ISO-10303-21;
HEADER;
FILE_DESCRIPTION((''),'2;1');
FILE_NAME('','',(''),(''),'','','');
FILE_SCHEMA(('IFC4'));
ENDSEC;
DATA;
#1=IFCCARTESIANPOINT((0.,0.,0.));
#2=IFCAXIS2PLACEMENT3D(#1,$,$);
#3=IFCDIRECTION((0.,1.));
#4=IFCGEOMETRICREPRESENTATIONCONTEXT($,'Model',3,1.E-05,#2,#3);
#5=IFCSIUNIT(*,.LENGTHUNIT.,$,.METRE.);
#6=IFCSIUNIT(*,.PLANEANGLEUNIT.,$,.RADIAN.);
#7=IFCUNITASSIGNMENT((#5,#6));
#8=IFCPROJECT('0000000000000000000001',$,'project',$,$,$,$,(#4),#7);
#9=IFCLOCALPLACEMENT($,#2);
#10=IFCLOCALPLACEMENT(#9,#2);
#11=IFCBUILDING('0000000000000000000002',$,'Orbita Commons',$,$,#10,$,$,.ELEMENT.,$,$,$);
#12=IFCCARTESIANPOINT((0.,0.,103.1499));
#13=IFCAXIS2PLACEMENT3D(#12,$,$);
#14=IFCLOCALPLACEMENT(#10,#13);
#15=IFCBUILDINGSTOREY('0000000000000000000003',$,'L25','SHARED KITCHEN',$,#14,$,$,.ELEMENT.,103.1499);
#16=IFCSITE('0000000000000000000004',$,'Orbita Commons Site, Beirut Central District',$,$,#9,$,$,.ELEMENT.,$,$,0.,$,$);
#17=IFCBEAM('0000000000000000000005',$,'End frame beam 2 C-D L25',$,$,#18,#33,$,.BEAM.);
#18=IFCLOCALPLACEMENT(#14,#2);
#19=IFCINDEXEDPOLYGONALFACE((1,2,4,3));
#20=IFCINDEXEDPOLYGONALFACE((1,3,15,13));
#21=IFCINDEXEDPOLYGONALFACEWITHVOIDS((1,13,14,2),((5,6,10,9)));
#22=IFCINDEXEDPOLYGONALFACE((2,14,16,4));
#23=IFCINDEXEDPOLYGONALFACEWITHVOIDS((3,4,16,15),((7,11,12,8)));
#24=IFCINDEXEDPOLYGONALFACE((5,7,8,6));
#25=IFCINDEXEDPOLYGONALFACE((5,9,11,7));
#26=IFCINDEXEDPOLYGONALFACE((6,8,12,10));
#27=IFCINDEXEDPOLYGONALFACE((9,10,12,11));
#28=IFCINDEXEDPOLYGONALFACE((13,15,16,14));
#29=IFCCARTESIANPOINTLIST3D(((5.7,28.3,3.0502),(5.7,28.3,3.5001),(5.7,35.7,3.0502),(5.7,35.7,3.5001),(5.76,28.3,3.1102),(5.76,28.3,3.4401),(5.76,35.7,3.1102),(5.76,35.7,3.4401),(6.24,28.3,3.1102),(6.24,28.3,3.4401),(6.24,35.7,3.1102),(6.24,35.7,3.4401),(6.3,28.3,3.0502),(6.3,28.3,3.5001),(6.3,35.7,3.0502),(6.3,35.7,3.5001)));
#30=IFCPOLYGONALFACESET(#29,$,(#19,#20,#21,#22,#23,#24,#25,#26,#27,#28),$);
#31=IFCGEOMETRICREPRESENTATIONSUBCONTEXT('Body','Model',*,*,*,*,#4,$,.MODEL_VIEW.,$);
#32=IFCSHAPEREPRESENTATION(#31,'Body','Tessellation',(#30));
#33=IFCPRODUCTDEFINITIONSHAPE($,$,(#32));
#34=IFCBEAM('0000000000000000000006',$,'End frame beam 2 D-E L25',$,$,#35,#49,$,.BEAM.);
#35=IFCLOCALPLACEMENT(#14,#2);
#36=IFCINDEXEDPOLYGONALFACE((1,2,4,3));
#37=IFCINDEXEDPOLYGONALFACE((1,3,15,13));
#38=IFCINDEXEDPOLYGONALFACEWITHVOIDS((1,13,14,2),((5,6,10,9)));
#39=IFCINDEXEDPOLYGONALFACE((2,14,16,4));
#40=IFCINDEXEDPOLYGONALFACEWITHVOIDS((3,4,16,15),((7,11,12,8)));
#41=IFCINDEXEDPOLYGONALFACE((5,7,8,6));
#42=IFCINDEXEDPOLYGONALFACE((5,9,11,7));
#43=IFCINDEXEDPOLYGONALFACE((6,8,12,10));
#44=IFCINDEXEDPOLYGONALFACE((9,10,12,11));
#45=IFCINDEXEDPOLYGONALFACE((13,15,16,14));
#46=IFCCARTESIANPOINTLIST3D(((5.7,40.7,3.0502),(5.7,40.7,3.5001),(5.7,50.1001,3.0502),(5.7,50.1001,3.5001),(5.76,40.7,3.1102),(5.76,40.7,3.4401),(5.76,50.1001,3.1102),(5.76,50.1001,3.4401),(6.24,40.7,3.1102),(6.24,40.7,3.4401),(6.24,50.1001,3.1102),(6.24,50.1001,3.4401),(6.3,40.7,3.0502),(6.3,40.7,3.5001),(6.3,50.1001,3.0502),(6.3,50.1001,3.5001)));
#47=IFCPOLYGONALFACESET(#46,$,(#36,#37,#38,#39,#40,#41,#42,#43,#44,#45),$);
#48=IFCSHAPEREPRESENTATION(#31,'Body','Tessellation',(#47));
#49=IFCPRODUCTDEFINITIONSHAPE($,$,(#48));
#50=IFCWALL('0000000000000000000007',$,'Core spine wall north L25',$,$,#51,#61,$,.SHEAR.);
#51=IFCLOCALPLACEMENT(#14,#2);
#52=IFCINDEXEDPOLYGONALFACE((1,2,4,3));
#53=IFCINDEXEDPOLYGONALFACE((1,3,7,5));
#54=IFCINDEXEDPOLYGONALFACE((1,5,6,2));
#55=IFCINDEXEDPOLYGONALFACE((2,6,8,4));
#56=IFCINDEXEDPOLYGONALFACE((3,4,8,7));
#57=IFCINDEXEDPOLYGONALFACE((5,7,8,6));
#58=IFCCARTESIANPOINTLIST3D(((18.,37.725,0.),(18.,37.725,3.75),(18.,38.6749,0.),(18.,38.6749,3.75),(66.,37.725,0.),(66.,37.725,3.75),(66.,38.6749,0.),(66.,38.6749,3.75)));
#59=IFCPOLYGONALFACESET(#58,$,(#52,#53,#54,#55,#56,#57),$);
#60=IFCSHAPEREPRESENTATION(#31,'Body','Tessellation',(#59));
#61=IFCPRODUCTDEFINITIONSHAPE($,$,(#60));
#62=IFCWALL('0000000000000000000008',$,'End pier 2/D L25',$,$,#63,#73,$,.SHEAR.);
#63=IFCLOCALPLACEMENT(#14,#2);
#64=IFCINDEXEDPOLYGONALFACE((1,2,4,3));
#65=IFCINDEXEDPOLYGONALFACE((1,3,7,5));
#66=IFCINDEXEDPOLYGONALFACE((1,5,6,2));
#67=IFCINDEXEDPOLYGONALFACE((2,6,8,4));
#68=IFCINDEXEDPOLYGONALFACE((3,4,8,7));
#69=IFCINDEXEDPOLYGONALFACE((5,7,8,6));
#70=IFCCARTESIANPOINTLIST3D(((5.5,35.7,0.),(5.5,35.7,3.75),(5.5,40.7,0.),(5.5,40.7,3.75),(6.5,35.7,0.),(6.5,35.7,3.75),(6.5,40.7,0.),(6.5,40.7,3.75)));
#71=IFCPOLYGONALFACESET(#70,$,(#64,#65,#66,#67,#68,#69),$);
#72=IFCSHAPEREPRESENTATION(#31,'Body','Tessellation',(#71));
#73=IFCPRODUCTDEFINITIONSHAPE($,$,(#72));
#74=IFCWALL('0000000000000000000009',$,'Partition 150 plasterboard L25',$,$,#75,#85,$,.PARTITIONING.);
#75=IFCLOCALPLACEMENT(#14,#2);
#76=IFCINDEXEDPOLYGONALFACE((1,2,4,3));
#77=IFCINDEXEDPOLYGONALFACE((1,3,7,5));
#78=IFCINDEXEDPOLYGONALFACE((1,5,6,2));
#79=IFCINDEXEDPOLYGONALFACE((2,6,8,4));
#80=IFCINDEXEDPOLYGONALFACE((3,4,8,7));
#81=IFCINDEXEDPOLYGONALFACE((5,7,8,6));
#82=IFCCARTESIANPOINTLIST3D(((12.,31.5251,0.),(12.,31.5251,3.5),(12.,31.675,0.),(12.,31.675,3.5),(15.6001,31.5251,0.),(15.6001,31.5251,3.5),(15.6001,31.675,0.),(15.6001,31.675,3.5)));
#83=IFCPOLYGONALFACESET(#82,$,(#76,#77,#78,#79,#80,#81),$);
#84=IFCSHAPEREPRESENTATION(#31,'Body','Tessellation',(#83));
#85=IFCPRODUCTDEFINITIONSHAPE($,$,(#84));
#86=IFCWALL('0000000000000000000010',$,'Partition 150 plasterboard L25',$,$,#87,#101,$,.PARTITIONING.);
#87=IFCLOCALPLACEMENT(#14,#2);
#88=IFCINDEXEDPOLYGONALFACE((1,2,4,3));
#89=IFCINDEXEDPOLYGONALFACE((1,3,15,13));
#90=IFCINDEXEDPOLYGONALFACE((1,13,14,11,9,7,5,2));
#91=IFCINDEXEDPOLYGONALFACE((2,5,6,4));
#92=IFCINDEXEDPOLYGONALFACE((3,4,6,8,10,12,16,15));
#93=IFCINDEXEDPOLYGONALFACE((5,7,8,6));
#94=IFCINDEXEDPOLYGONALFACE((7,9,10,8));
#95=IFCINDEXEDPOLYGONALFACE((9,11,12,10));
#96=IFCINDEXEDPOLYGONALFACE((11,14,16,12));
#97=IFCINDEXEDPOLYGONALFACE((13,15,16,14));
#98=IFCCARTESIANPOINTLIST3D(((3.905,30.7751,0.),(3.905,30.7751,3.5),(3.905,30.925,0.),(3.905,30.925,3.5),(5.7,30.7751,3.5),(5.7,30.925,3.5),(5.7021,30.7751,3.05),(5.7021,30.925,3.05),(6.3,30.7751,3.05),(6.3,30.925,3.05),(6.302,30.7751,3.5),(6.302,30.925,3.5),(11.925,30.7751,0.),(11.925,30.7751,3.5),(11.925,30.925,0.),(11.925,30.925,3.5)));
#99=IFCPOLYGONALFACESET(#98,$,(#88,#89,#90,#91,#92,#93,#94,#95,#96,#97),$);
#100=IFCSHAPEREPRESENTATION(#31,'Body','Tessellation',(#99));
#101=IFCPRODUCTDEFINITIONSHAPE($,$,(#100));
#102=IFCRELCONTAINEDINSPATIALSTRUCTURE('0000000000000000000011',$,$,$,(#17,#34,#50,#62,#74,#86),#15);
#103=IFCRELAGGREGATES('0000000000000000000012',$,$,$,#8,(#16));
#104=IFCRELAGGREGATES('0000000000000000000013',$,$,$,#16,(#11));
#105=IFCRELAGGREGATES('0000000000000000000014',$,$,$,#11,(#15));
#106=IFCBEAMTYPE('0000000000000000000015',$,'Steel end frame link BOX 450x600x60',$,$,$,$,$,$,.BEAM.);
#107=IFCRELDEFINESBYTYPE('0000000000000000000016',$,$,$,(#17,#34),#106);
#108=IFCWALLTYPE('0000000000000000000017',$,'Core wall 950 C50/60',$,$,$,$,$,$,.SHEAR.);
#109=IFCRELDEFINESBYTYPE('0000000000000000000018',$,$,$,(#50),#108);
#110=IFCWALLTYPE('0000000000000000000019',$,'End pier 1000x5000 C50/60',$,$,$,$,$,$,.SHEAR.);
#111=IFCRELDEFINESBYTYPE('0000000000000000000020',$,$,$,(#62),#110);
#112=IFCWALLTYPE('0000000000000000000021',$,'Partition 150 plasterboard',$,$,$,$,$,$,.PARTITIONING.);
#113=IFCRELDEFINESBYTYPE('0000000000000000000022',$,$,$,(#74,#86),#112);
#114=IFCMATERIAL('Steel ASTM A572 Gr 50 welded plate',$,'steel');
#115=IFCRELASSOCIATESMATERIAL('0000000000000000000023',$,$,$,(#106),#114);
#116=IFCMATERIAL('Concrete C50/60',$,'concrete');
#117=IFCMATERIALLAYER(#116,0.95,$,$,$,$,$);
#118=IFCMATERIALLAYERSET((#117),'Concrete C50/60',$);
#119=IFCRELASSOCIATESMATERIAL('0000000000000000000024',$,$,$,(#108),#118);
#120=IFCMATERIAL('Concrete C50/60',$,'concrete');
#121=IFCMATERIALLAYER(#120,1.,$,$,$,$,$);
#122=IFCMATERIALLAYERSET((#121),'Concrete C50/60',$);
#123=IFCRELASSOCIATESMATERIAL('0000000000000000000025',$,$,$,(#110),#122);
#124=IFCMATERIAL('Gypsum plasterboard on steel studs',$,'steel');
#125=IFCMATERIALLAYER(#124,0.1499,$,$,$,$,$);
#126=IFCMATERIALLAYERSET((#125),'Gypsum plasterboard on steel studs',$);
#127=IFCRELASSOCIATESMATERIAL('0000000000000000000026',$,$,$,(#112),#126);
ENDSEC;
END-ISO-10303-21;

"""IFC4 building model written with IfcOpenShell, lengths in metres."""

from ifc_helpers import new_model, si_unit, direction, frame, frame_2d, origin, origin_2d, place, context, subcontext, project, spatial, polyline, rectangle, hollow_rectangle, outline, extrude, material, layer, layer_set, material_profile, profile_set, type_object, element, save


model = new_model("IFC4")

# Units and contexts
model_context = context("Model", 3, precision=1e-05, world=origin(), true_north=direction((0.0, 1.0)))
body_context = subcontext(model_context, "Body", "Model", "MODEL_VIEW")
ifc_project = project(units=[si_unit("LENGTHUNIT", "METRE"), si_unit("PLANEANGLEUNIT", "RADIAN")], contexts=[model_context])

# Site, building, storey
site_placement = place(None, origin())
site = spatial("IfcSite", under=ifc_project, at=site_placement, Name="Orbita Commons Site, Beirut Central District", CompositionType="ELEMENT", RefElevation=0.0)
building_placement = place(site_placement, origin())
building = spatial("IfcBuilding", under=site, at=building_placement, Name="Orbita Commons", CompositionType="ELEMENT")
storey_placement = place(building_placement, frame((0.0, 0.0, 103.1499)))
storey = spatial("IfcBuildingStorey", under=building, at=storey_placement, Name="L25", Description="SHARED KITCHEN", CompositionType="ELEMENT", Elevation=103.1499)

# Beams
ifc_material_1 = material(Name="Steel ASTM A572 Gr 50 welded plate", Category="steel")
ifc_material_profile = material_profile(ifc_material_1, hollow_rectangle(XDim=0.6001, YDim=0.45, WallThickness=0.0601, at=origin_2d()), Name="BOX 450x600x60")
ifc_profile_set = profile_set([ifc_material_profile], Name="Steel ASTM A572 Gr 50 welded plate")
beam_type = type_object("IfcBeamType", Name="Steel end frame link BOX 450x600x60", PredefinedType="BEAM", material=ifc_profile_set)
beam_1_placement = place(storey_placement, frame((6.0, 28.3, 3.2751), z_axis=(0.0, 1.0, 0.0), x_axis=(-1.0, 0.0, 0.0)))
element("IfcBeam", 1, at=beam_1_placement, inside=storey, type_object=beam_type, Name="End frame beam 2 C-D L25", PredefinedType="BEAM", context=body_context, shape_type="SweptSolid", body=[
    extrude(hollow_rectangle(XDim=0.6001, YDim=0.45, WallThickness=0.0601, at=origin_2d()), origin(), (0.0, 0.0, 1.0), 7.3999),
])
beam_2_placement = place(storey_placement, frame((6.0, 40.7, 3.2751), z_axis=(0.0, 1.0, 0.0), x_axis=(-1.0, 0.0, 0.0)))
element("IfcBeam", 2, at=beam_2_placement, inside=storey, type_object=beam_type, Name="End frame beam 2 D-E L25", PredefinedType="BEAM", context=body_context, shape_type="SweptSolid", body=[
    extrude(hollow_rectangle(XDim=0.6001, YDim=0.45, WallThickness=0.0601, at=origin_2d()), origin(), (0.0, 0.0, 1.0), 9.4001),
])

# Walls
ifc_material_2 = material(Name="Concrete C50/60", Category="concrete")
ifc_layer_1 = layer(ifc_material_2, 0.95)
ifc_layer_set_1 = layer_set([ifc_layer_1], Name="Concrete C50/60")
wall_type_1 = type_object("IfcWallType", Name="Core wall 950 C50/60", PredefinedType="SHEAR", material=ifc_layer_set_1)
wall_1_placement = place(storey_placement, frame((18.0, 38.2, 0.0), z_axis=(0.0, 0.0, 1.0), x_axis=(1.0, 0.0, 0.0)))
element("IfcWall", 3, at=wall_1_placement, inside=storey, type_object=wall_type_1, Name="Core spine wall north L25", PredefinedType="SHEAR", context=body_context, shape_type="SweptSolid", body=[
    extrude(rectangle(XDim=48.0, YDim=0.95, at=frame_2d((24.0, 0.0))), origin(), (0.0, 0.0, 1.0), 3.75),
])
ifc_material_3 = material(Name="Concrete C50/60", Category="concrete")
ifc_layer_2 = layer(ifc_material_3, 1.0)
ifc_layer_set_2 = layer_set([ifc_layer_2], Name="Concrete C50/60")
wall_type_2 = type_object("IfcWallType", Name="End pier 1000x5000 C50/60", PredefinedType="SHEAR", material=ifc_layer_set_2)
wall_2_placement = place(storey_placement, frame((6.0, 35.7, 0.0), z_axis=(0.0, 0.0, 1.0), x_axis=(0.0, 1.0, 0.0)))
element("IfcWall", 4, at=wall_2_placement, inside=storey, type_object=wall_type_2, Name="End pier 2/D L25", PredefinedType="SHEAR", context=body_context, shape_type="SweptSolid", body=[
    extrude(rectangle(XDim=5.0, YDim=1.0, at=frame_2d((2.5, 0.0))), origin(), (0.0, 0.0, 1.0), 3.75),
])
ifc_material_4 = material(Name="Gypsum plasterboard on steel studs", Category="steel")
ifc_layer_3 = layer(ifc_material_4, 0.1499)
ifc_layer_set_3 = layer_set([ifc_layer_3], Name="Gypsum plasterboard on steel studs")
wall_type_3 = type_object("IfcWallType", Name="Partition 150 plasterboard", PredefinedType="PARTITIONING", material=ifc_layer_set_3)
wall_3_placement = place(storey_placement, frame((12.0, 31.6001, 0.0), z_axis=(0.0, 0.0, 1.0), x_axis=(1.0, 0.0, 0.0)))
element("IfcWall", 5, at=wall_3_placement, inside=storey, type_object=wall_type_3, Name="Partition 150 plasterboard L25", PredefinedType="PARTITIONING", context=body_context, shape_type="SweptSolid", body=[
    extrude(rectangle(XDim=3.6001, YDim=0.1499, at=frame_2d((1.8, 0.0))), origin(), (0.0, 0.0, 1.0), 3.5),
])
wall_4_placement = place(storey_placement, frame((3.905, 30.8501, 0.0), z_axis=(0.0, 0.0, 1.0), x_axis=(1.0, 0.0, 0.0)))
element("IfcWall", 6, at=wall_4_placement, inside=storey, type_object=wall_type_3, Name="Partition 150 plasterboard L25", PredefinedType="PARTITIONING", context=body_context, shape_type="SweptSolid", body=[
    extrude(outline(polyline([(0.0, 0.0), (8.02, 0.0), (8.02, 3.5), (2.397, 3.5), (2.395, 3.05), (1.7971, 3.05), (1.7949, 3.5), (0.0, 3.5), (0.0, 0.0)])), frame((0.0, 0.075, 0.0), z_axis=(0.0, -1.0, 0.0), x_axis=(1.0, 0.0, 0.0)), (0.0, 0.0, 1.0), 0.1499),
])

save(model, "model.ifc")
